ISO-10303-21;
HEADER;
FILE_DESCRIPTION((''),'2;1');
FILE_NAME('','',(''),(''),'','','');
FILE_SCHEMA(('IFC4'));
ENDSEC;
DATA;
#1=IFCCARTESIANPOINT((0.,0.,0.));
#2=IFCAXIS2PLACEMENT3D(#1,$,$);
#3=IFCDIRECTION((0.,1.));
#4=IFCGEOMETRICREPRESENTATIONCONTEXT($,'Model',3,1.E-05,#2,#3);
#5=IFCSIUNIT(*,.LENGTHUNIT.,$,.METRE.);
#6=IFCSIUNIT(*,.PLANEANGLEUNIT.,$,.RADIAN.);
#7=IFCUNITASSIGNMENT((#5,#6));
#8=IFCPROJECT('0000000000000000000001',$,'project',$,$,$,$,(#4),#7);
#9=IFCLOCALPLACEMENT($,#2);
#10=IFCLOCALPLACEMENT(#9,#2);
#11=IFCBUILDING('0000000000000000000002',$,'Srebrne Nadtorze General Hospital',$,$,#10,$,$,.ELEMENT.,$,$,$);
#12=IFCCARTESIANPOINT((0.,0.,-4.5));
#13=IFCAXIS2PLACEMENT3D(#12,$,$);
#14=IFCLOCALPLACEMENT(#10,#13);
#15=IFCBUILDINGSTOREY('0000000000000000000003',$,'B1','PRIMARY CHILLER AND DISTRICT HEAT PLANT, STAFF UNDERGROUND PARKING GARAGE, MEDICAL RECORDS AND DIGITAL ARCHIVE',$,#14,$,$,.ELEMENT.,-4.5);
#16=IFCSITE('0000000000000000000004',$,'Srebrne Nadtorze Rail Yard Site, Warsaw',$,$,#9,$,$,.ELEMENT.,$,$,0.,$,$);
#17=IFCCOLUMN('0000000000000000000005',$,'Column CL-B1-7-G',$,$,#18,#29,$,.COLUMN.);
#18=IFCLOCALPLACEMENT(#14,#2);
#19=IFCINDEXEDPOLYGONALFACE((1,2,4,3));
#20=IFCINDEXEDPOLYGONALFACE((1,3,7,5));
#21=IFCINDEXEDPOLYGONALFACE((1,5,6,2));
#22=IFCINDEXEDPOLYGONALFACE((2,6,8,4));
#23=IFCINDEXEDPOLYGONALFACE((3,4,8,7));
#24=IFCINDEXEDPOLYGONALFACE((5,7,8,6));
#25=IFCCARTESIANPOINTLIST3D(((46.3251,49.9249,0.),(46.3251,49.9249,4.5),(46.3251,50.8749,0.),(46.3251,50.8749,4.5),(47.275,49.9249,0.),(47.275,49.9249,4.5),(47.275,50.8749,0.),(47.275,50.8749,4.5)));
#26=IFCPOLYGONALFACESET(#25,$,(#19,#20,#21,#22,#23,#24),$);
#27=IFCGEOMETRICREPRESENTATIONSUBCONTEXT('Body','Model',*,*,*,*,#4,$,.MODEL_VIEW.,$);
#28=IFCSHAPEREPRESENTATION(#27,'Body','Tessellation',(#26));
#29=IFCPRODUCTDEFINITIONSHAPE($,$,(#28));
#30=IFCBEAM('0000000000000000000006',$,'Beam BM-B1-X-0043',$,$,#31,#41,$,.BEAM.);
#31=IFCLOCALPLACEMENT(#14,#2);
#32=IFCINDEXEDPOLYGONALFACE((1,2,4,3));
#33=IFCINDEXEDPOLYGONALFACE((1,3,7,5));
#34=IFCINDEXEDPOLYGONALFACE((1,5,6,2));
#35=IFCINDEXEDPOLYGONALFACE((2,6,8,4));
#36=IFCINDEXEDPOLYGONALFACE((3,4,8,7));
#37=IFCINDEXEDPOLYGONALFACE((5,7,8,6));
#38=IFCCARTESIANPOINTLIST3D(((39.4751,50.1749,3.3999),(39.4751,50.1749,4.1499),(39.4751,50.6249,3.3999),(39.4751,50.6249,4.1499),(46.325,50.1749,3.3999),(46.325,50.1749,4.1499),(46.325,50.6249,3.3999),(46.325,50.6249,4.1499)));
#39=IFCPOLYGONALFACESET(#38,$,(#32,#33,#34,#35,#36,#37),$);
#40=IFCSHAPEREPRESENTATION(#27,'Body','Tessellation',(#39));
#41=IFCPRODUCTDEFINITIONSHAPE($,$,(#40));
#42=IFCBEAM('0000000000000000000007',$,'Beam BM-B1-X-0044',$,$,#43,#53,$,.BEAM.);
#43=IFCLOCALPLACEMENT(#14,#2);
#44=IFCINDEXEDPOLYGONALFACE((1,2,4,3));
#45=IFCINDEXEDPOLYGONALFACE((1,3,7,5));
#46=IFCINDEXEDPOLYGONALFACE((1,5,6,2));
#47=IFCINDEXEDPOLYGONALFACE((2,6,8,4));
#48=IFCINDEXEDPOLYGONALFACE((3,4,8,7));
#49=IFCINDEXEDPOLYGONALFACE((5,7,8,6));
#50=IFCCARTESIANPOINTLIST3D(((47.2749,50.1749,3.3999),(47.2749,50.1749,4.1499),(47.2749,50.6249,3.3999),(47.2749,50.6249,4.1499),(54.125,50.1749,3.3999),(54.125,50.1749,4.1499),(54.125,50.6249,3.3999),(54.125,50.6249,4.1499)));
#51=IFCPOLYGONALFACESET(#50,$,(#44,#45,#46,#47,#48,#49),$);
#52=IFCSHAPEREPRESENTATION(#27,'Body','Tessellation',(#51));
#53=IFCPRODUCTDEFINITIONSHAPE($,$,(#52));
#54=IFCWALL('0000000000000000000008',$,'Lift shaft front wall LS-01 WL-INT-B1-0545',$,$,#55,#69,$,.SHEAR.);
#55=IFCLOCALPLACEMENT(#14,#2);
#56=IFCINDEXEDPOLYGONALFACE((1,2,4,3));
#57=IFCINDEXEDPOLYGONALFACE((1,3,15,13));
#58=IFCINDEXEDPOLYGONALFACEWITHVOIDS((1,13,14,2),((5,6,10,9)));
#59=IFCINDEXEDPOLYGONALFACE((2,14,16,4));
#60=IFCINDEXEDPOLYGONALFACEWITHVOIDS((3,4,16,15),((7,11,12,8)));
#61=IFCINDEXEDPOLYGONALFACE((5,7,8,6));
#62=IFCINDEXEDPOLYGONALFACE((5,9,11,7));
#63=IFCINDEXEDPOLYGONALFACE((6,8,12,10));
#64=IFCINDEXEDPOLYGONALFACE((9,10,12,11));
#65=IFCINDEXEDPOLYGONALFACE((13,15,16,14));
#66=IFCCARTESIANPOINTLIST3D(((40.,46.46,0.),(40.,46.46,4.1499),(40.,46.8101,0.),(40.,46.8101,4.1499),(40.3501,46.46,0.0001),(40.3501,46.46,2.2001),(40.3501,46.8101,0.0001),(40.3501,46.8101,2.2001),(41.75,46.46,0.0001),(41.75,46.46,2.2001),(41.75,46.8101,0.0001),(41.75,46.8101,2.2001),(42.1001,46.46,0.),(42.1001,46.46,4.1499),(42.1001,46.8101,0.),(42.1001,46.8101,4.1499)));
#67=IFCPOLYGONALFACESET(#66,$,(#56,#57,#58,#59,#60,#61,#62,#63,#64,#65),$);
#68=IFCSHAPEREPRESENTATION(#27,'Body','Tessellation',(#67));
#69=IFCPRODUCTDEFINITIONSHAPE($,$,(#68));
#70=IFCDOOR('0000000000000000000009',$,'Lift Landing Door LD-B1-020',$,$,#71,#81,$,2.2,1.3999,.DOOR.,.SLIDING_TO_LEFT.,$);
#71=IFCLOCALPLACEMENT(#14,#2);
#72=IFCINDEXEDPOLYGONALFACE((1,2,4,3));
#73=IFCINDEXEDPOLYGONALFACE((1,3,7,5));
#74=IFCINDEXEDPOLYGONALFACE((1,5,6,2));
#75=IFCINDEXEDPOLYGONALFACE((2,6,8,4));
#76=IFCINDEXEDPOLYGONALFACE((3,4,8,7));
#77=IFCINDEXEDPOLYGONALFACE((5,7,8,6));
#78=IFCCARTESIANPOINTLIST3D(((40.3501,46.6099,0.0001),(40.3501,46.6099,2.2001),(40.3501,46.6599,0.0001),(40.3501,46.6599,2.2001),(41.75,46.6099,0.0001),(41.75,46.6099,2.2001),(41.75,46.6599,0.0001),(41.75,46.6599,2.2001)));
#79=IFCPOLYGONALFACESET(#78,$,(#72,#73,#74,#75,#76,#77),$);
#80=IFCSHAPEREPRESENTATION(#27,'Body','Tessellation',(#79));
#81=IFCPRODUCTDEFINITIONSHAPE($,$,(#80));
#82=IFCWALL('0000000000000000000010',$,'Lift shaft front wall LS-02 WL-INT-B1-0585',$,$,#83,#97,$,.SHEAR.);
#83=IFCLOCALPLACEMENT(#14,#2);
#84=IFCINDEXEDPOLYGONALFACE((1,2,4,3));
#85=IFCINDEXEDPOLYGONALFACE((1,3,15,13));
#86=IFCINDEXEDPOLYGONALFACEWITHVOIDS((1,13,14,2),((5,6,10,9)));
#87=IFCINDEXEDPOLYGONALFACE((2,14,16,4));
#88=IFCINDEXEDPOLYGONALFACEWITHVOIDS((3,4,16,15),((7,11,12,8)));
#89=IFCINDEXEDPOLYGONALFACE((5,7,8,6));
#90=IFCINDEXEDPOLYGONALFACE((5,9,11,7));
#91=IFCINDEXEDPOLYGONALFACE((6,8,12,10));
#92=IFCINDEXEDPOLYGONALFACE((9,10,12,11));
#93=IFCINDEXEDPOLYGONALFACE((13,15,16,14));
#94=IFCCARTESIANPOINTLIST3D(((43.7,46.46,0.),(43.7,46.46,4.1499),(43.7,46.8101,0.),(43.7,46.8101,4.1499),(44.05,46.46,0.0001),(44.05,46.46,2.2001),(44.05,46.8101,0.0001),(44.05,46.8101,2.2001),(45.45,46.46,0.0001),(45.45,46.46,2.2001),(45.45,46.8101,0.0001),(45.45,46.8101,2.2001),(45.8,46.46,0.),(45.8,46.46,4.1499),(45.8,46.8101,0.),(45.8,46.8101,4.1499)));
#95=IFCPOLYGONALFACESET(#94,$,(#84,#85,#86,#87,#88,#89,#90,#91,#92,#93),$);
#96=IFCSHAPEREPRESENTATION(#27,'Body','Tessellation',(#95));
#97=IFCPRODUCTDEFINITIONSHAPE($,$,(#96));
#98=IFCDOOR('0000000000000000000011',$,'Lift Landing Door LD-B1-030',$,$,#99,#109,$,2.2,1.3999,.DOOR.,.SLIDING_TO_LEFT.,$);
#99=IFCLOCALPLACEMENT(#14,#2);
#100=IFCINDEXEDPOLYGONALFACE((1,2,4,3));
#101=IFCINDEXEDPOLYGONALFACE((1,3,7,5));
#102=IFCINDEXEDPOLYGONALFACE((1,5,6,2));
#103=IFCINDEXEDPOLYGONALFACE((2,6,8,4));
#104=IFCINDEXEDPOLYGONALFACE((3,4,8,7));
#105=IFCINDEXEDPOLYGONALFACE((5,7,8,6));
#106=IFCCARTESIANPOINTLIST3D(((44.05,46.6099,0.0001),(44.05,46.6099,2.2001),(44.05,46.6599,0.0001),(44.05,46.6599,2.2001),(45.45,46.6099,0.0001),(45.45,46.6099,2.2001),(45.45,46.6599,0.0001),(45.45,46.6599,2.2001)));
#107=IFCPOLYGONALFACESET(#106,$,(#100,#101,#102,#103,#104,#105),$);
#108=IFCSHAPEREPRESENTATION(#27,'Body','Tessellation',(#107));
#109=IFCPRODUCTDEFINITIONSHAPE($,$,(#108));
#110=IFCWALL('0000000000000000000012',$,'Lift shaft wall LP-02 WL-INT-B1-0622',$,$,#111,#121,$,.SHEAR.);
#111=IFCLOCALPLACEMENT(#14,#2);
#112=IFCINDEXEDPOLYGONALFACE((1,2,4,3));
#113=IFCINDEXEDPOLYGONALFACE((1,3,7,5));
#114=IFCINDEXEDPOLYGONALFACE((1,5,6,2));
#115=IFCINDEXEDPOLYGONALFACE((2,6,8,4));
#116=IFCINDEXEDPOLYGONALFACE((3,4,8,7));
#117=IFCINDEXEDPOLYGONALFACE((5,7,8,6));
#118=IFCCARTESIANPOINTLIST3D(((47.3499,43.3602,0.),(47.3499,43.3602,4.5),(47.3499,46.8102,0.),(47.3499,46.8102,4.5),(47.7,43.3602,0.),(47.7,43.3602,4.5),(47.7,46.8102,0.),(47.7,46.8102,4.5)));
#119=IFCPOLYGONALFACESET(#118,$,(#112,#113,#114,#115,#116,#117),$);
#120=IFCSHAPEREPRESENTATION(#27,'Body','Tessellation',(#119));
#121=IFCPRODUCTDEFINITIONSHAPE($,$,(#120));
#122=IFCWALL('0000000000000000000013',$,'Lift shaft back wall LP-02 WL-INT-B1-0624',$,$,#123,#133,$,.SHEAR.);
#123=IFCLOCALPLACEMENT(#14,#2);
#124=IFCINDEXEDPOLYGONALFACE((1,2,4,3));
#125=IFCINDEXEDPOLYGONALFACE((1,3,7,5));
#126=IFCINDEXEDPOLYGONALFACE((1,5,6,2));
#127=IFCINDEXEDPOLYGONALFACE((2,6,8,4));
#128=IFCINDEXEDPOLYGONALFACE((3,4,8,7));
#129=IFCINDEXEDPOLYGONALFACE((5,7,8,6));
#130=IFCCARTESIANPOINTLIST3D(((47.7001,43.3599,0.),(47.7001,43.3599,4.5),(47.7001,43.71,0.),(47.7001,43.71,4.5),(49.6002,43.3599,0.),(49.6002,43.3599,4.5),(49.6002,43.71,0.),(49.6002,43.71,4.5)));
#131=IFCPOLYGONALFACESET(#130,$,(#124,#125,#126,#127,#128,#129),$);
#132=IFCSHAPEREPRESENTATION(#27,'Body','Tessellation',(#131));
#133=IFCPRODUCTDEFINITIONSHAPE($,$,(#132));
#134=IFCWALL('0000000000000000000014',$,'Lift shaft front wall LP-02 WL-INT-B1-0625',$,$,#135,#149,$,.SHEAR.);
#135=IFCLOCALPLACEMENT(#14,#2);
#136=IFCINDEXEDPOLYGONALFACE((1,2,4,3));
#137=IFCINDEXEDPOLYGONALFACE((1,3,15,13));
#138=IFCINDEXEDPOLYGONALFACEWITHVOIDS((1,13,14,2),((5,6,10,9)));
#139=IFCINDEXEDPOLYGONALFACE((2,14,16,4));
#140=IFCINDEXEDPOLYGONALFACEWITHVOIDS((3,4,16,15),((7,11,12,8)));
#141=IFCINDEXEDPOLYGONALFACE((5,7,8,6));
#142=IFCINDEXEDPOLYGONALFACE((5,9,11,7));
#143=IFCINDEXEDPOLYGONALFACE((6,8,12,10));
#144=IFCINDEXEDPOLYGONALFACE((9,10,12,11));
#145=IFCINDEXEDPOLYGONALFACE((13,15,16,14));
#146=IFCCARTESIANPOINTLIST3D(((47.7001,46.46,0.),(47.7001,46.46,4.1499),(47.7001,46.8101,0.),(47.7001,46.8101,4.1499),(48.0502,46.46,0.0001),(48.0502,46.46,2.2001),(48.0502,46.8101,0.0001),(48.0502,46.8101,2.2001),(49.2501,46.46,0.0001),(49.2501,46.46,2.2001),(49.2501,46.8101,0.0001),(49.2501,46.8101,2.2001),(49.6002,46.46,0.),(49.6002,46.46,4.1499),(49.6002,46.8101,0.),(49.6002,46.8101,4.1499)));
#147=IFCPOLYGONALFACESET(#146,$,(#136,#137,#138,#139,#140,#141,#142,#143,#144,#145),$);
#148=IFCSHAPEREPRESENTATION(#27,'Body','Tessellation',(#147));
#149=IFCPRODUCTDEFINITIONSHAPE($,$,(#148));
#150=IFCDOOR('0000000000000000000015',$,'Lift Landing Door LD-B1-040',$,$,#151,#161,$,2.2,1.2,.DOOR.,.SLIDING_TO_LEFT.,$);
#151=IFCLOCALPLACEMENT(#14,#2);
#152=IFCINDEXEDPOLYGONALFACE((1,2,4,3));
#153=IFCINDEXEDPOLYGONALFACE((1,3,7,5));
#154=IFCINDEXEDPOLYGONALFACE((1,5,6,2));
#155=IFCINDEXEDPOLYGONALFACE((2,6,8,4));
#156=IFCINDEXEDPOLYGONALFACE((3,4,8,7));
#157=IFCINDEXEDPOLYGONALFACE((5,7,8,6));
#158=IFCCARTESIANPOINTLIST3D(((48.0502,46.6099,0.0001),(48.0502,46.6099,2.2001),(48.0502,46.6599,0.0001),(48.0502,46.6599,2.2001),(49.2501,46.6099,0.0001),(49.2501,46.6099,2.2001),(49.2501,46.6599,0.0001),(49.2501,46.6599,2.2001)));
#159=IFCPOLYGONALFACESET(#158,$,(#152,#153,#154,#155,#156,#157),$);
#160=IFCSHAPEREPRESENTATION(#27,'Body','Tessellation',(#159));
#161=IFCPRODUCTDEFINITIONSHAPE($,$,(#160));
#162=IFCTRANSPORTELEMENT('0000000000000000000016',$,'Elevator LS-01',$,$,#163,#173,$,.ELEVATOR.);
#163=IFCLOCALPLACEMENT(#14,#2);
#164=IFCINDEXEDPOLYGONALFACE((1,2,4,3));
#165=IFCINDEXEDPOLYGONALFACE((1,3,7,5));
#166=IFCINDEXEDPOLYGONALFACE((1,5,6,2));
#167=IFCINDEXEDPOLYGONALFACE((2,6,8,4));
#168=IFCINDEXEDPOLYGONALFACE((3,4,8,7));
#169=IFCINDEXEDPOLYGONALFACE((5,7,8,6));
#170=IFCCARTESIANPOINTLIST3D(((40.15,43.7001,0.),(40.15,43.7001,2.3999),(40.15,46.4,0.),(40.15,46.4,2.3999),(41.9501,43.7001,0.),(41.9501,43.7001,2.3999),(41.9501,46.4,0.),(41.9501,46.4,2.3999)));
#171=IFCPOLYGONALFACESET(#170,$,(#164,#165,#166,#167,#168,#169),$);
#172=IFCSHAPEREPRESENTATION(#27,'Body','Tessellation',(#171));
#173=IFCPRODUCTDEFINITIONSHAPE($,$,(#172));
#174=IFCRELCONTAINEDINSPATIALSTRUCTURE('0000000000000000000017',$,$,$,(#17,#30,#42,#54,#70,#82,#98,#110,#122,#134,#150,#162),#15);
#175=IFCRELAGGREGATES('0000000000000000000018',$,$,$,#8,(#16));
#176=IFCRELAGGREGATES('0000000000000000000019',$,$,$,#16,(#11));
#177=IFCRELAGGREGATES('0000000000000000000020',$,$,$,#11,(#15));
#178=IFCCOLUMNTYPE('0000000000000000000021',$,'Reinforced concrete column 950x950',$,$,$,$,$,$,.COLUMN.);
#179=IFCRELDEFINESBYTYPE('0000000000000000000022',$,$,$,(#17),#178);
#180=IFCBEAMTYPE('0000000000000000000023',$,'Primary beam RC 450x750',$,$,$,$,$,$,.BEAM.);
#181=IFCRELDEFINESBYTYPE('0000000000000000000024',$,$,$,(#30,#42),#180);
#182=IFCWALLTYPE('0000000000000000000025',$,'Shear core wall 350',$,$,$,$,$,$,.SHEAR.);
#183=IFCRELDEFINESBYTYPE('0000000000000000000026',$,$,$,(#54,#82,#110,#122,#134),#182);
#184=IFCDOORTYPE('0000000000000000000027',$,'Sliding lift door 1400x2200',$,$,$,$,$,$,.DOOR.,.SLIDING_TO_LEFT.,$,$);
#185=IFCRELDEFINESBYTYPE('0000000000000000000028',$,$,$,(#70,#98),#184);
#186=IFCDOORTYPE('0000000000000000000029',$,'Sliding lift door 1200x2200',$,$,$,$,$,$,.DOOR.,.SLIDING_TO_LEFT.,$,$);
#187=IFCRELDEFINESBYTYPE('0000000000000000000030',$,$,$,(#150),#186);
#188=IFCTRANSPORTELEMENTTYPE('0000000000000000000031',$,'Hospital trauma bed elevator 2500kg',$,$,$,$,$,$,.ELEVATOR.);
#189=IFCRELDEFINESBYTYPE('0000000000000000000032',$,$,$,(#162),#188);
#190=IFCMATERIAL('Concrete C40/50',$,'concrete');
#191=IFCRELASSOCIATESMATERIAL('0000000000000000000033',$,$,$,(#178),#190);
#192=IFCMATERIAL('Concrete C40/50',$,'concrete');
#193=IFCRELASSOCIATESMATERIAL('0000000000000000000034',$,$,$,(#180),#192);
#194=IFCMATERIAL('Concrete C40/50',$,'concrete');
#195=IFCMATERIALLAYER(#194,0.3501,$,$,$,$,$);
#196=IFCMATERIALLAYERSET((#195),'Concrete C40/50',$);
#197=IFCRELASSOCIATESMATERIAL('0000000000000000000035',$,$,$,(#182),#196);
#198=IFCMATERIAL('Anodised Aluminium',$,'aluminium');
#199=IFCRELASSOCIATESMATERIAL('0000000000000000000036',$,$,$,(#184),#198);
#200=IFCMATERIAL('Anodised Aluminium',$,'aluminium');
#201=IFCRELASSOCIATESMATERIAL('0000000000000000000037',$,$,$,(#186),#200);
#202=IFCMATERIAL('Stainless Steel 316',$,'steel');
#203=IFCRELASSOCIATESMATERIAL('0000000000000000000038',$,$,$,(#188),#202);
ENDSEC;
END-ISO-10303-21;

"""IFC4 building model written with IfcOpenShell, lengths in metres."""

from ifc_helpers import new_model, si_unit, direction, frame, frame_2d, origin, origin_2d, place, context, subcontext, project, spatial, rectangle, extrude, material, layer, layer_set, material_profile, profile_set, type_object, element, fill, save


model = new_model("IFC4")

# Units and contexts
model_context = context("Model", 3, precision=1e-05, world=origin(), true_north=direction((0.0, 1.0)))
body_context = subcontext(model_context, "Body", "Model", "MODEL_VIEW")
ifc_project = project(units=[si_unit("LENGTHUNIT", "METRE"), si_unit("PLANEANGLEUNIT", "RADIAN")], contexts=[model_context])

# Site, building, storey
site_placement = place(None, origin())
site = spatial("IfcSite", under=ifc_project, at=site_placement, Name="Srebrne Nadtorze Rail Yard Site, Warsaw", CompositionType="ELEMENT", RefElevation=0.0)
building_placement = place(site_placement, origin())
building = spatial("IfcBuilding", under=site, at=building_placement, Name="Srebrne Nadtorze General Hospital", CompositionType="ELEMENT")
storey_placement = place(building_placement, frame((0.0, 0.0, -4.5)))
storey = spatial("IfcBuildingStorey", under=building, at=storey_placement, Name="B1", Description="PRIMARY CHILLER AND DISTRICT HEAT PLANT, STAFF UNDERGROUND PARKING GARAGE, MEDICAL RECORDS AND DIGITAL ARCHIVE", CompositionType="ELEMENT", Elevation=-4.5)

# Column
ifc_material_1 = material(Name="Concrete C40/50", Category="concrete")
ifc_material_profile_1 = material_profile(ifc_material_1, rectangle(XDim=0.95, YDim=0.95, at=origin_2d()), Name="RC-COL-950x950")
ifc_profile_set_1 = profile_set([ifc_material_profile_1], Name="Concrete C40/50")
column_type = type_object("IfcColumnType", Name="Reinforced concrete column 950x950", PredefinedType="COLUMN", material=ifc_profile_set_1)
column_placement = place(storey_placement, frame((46.8, 50.3999, 0.0), z_axis=(0.0, 0.0, 1.0), x_axis=(1.0, 0.0, 0.0)))
element("IfcColumn", 1, at=column_placement, inside=storey, type_object=column_type, Name="Column CL-B1-7-G", PredefinedType="COLUMN", context=body_context, shape_type="SweptSolid", body=[
    extrude(rectangle(XDim=0.95, YDim=0.95, at=origin_2d()), origin(), (0.0, 0.0, 1.0), 4.5),
])

# Beams
ifc_material_2 = material(Name="Concrete C40/50", Category="concrete")
ifc_material_profile_2 = material_profile(ifc_material_2, rectangle(XDim=0.45, YDim=0.75, at=origin_2d()), Name="RC-BM-450x750")
ifc_profile_set_2 = profile_set([ifc_material_profile_2], Name="Concrete C40/50")
beam_type = type_object("IfcBeamType", Name="Primary beam RC 450x750", PredefinedType="BEAM", material=ifc_profile_set_2)
beam_1_placement = place(storey_placement, frame((39.4751, 50.3999, 3.7749), z_axis=(1.0, 0.0, 0.0), x_axis=(0.0, 1.0, 0.0)))
element("IfcBeam", 2, at=beam_1_placement, inside=storey, type_object=beam_type, Name="Beam BM-B1-X-0043", PredefinedType="BEAM", context=body_context, shape_type="SweptSolid", body=[
    extrude(rectangle(XDim=0.45, YDim=0.75, at=origin_2d()), origin(), (0.0, 0.0, 1.0), 6.8499),
])
beam_2_placement = place(storey_placement, frame((47.2749, 50.3999, 3.7749), z_axis=(1.0, 0.0, 0.0), x_axis=(0.0, 1.0, 0.0)))
element("IfcBeam", 3, at=beam_2_placement, inside=storey, type_object=beam_type, Name="Beam BM-B1-X-0044", PredefinedType="BEAM", context=body_context, shape_type="SweptSolid", body=[
    extrude(rectangle(XDim=0.45, YDim=0.75, at=origin_2d()), origin(), (0.0, 0.0, 1.0), 6.8501),
])

# Walls, openings, doors
ifc_material_3 = material(Name="Concrete C40/50", Category="concrete")
ifc_layer_1 = layer(ifc_material_3, 0.3501)
ifc_layer_set_1 = layer_set([ifc_layer_1], Name="Concrete C40/50")
wall_type = type_object("IfcWallType", Name="Shear core wall 350", PredefinedType="SHEAR", material=ifc_layer_set_1)
wall_1_placement = place(storey_placement, frame((40.0, 46.635, 0.0), z_axis=(0.0, 0.0, 1.0), x_axis=(1.0, 0.0, 0.0)))
wall_1 = element("IfcWall", 4, at=wall_1_placement, inside=storey, type_object=wall_type, Name="Lift shaft front wall LS-01 WL-INT-B1-0545", PredefinedType="SHEAR", context=body_context, shape_type="SweptSolid", body=[
    extrude(rectangle(XDim=2.1001, YDim=0.3501, at=frame_2d((1.05, 0.0))), origin(), (0.0, 0.0, 1.0), 4.1499),
])
opening_1_placement = place(wall_1_placement, frame((0.3501, 0.0, 0.0)))
opening_1 = element("IfcOpeningElement", 5, at=opening_1_placement, cuts=wall_1, PredefinedType="OPENING", context=body_context, shape_type="SweptSolid", body=[
    extrude(rectangle(XDim=1.3999, YDim=2.2, at=frame_2d((0.7, 1.1001))), frame((0.0, 0.187, 0.0), z_axis=(0.0, -1.0, 0.0), x_axis=(1.0, 0.0, 0.0)), (0.0, 0.0, 1.0), 0.374),
])
ifc_material_4 = material(Name="Anodised Aluminium", Category="aluminium")
door_type_1 = type_object("IfcDoorType", Name="Sliding lift door 1400x2200", OperationType="SLIDING_TO_LEFT", PredefinedType="DOOR", material=ifc_material_4)
door_1_placement = place(opening_1_placement, origin())
door_1 = element("IfcDoor", 6, at=door_1_placement, inside=storey, type_object=door_type_1, Name="Lift Landing Door LD-B1-020", OperationType="SLIDING_TO_LEFT", OverallHeight=2.2, OverallWidth=1.3999, PredefinedType="DOOR", context=body_context, shape_type="SweptSolid", body=[
    extrude(rectangle(XDim=1.3999, YDim=2.2, at=frame_2d((0.7, 1.1001))), frame((0.0, 0.0249, 0.0), z_axis=(0.0, -1.0, 0.0), x_axis=(1.0, 0.0, 0.0)), (0.0, 0.0, 1.0), 0.05),
])
fill(opening_1, door_1)
wall_2_placement = place(storey_placement, frame((43.7, 46.635, 0.0), z_axis=(0.0, 0.0, 1.0), x_axis=(1.0, 0.0, 0.0)))
wall_2 = element("IfcWall", 7, at=wall_2_placement, inside=storey, type_object=wall_type, Name="Lift shaft front wall LS-02 WL-INT-B1-0585", PredefinedType="SHEAR", context=body_context, shape_type="SweptSolid", body=[
    extrude(rectangle(XDim=2.1001, YDim=0.3501, at=frame_2d((1.05, 0.0))), origin(), (0.0, 0.0, 1.0), 4.1499),
])
opening_2_placement = place(wall_2_placement, frame((0.3501, 0.0, 0.0)))
opening_2 = element("IfcOpeningElement", 8, at=opening_2_placement, cuts=wall_2, PredefinedType="OPENING", context=body_context, shape_type="SweptSolid", body=[
    extrude(rectangle(XDim=1.3999, YDim=2.2, at=frame_2d((0.7, 1.1001))), frame((0.0, 0.187, 0.0), z_axis=(0.0, -1.0, 0.0), x_axis=(1.0, 0.0, 0.0)), (0.0, 0.0, 1.0), 0.374),
])
door_2_placement = place(opening_2_placement, origin())
door_2 = element("IfcDoor", 9, at=door_2_placement, inside=storey, type_object=door_type_1, Name="Lift Landing Door LD-B1-030", OperationType="SLIDING_TO_LEFT", OverallHeight=2.2, OverallWidth=1.3999, PredefinedType="DOOR", context=body_context, shape_type="SweptSolid", body=[
    extrude(rectangle(XDim=1.3999, YDim=2.2, at=frame_2d((0.7, 1.1001))), frame((0.0, 0.0249, 0.0), z_axis=(0.0, -1.0, 0.0), x_axis=(1.0, 0.0, 0.0)), (0.0, 0.0, 1.0), 0.05),
])
fill(opening_2, door_2)

# Walls
wall_3_placement = place(storey_placement, frame((47.5249, 43.3601, 0.0), z_axis=(0.0, 0.0, 1.0), x_axis=(0.0, 1.0, 0.0)))
element("IfcWall", 10, at=wall_3_placement, inside=storey, type_object=wall_type, Name="Lift shaft wall LP-02 WL-INT-B1-0622", PredefinedType="SHEAR", context=body_context, shape_type="SweptSolid", body=[
    extrude(rectangle(XDim=3.45, YDim=0.3501, at=frame_2d((1.7251, 0.0))), origin(), (0.0, 0.0, 1.0), 4.5),
])
wall_4_placement = place(storey_placement, frame((47.7, 43.5349, 0.0), z_axis=(0.0, 0.0, 1.0), x_axis=(1.0, 0.0, 0.0)))
element("IfcWall", 11, at=wall_4_placement, inside=storey, type_object=wall_type, Name="Lift shaft back wall LP-02 WL-INT-B1-0624", PredefinedType="SHEAR", context=body_context, shape_type="SweptSolid", body=[
    extrude(rectangle(XDim=1.9001, YDim=0.3501, at=frame_2d((0.9502, 0.0))), origin(), (0.0, 0.0, 1.0), 4.5),
])

# Wall, opening, door
wall_5_placement = place(storey_placement, frame((47.7, 46.635, 0.0), z_axis=(0.0, 0.0, 1.0), x_axis=(1.0, 0.0, 0.0)))
wall_5 = element("IfcWall", 12, at=wall_5_placement, inside=storey, type_object=wall_type, Name="Lift shaft front wall LP-02 WL-INT-B1-0625", PredefinedType="SHEAR", context=body_context, shape_type="SweptSolid", body=[
    extrude(rectangle(XDim=1.9001, YDim=0.3501, at=frame_2d((0.9502, 0.0))), origin(), (0.0, 0.0, 1.0), 4.1499),
])
opening_3_placement = place(wall_5_placement, frame((0.3501, 0.0, 0.0)))
opening_3 = element("IfcOpeningElement", 13, at=opening_3_placement, cuts=wall_5, PredefinedType="OPENING", context=body_context, shape_type="SweptSolid", body=[
    extrude(rectangle(XDim=1.2, YDim=2.2, at=frame_2d((0.6001, 1.1001))), frame((0.0, 0.187, 0.0), z_axis=(0.0, -1.0, 0.0), x_axis=(1.0, 0.0, 0.0)), (0.0, 0.0, 1.0), 0.374),
])
ifc_material_5 = material(Name="Anodised Aluminium", Category="aluminium")
door_type_2 = type_object("IfcDoorType", Name="Sliding lift door 1200x2200", OperationType="SLIDING_TO_LEFT", PredefinedType="DOOR", material=ifc_material_5)
door_3_placement = place(opening_3_placement, origin())
door_3 = element("IfcDoor", 14, at=door_3_placement, inside=storey, type_object=door_type_2, Name="Lift Landing Door LD-B1-040", OperationType="SLIDING_TO_LEFT", OverallHeight=2.2, OverallWidth=1.2, PredefinedType="DOOR", context=body_context, shape_type="SweptSolid", body=[
    extrude(rectangle(XDim=1.2, YDim=2.2, at=frame_2d((0.6001, 1.1001))), frame((0.0, 0.0249, 0.0), z_axis=(0.0, -1.0, 0.0), x_axis=(1.0, 0.0, 0.0)), (0.0, 0.0, 1.0), 0.05),
])
fill(opening_3, door_3)

# Transport element
ifc_material_6 = material(Name="Stainless Steel 316", Category="steel")
transport_element_type = type_object("IfcTransportElementType", Name="Hospital trauma bed elevator 2500kg", PredefinedType="ELEVATOR", material=ifc_material_6)
for number, where, z_axis, x_axis, name in (
    (15, (41.05, 45.05, 0.0), (0.0, 0.0, 1.0), (1.0, 0.0, 0.0), "Elevator LS-01"),
):
    element("IfcTransportElement", number, at=place(storey_placement, frame(where, z_axis=z_axis, x_axis=x_axis)), inside=storey, type_object=transport_element_type, Name=name, PredefinedType="ELEVATOR", context=body_context, shape_type="SweptSolid", body=[
        extrude(rectangle(XDim=1.8, YDim=2.7, at=origin_2d()), origin(), (0.0, 0.0, 1.0), 2.3999),
    ])

save(model, "model.ifc")
